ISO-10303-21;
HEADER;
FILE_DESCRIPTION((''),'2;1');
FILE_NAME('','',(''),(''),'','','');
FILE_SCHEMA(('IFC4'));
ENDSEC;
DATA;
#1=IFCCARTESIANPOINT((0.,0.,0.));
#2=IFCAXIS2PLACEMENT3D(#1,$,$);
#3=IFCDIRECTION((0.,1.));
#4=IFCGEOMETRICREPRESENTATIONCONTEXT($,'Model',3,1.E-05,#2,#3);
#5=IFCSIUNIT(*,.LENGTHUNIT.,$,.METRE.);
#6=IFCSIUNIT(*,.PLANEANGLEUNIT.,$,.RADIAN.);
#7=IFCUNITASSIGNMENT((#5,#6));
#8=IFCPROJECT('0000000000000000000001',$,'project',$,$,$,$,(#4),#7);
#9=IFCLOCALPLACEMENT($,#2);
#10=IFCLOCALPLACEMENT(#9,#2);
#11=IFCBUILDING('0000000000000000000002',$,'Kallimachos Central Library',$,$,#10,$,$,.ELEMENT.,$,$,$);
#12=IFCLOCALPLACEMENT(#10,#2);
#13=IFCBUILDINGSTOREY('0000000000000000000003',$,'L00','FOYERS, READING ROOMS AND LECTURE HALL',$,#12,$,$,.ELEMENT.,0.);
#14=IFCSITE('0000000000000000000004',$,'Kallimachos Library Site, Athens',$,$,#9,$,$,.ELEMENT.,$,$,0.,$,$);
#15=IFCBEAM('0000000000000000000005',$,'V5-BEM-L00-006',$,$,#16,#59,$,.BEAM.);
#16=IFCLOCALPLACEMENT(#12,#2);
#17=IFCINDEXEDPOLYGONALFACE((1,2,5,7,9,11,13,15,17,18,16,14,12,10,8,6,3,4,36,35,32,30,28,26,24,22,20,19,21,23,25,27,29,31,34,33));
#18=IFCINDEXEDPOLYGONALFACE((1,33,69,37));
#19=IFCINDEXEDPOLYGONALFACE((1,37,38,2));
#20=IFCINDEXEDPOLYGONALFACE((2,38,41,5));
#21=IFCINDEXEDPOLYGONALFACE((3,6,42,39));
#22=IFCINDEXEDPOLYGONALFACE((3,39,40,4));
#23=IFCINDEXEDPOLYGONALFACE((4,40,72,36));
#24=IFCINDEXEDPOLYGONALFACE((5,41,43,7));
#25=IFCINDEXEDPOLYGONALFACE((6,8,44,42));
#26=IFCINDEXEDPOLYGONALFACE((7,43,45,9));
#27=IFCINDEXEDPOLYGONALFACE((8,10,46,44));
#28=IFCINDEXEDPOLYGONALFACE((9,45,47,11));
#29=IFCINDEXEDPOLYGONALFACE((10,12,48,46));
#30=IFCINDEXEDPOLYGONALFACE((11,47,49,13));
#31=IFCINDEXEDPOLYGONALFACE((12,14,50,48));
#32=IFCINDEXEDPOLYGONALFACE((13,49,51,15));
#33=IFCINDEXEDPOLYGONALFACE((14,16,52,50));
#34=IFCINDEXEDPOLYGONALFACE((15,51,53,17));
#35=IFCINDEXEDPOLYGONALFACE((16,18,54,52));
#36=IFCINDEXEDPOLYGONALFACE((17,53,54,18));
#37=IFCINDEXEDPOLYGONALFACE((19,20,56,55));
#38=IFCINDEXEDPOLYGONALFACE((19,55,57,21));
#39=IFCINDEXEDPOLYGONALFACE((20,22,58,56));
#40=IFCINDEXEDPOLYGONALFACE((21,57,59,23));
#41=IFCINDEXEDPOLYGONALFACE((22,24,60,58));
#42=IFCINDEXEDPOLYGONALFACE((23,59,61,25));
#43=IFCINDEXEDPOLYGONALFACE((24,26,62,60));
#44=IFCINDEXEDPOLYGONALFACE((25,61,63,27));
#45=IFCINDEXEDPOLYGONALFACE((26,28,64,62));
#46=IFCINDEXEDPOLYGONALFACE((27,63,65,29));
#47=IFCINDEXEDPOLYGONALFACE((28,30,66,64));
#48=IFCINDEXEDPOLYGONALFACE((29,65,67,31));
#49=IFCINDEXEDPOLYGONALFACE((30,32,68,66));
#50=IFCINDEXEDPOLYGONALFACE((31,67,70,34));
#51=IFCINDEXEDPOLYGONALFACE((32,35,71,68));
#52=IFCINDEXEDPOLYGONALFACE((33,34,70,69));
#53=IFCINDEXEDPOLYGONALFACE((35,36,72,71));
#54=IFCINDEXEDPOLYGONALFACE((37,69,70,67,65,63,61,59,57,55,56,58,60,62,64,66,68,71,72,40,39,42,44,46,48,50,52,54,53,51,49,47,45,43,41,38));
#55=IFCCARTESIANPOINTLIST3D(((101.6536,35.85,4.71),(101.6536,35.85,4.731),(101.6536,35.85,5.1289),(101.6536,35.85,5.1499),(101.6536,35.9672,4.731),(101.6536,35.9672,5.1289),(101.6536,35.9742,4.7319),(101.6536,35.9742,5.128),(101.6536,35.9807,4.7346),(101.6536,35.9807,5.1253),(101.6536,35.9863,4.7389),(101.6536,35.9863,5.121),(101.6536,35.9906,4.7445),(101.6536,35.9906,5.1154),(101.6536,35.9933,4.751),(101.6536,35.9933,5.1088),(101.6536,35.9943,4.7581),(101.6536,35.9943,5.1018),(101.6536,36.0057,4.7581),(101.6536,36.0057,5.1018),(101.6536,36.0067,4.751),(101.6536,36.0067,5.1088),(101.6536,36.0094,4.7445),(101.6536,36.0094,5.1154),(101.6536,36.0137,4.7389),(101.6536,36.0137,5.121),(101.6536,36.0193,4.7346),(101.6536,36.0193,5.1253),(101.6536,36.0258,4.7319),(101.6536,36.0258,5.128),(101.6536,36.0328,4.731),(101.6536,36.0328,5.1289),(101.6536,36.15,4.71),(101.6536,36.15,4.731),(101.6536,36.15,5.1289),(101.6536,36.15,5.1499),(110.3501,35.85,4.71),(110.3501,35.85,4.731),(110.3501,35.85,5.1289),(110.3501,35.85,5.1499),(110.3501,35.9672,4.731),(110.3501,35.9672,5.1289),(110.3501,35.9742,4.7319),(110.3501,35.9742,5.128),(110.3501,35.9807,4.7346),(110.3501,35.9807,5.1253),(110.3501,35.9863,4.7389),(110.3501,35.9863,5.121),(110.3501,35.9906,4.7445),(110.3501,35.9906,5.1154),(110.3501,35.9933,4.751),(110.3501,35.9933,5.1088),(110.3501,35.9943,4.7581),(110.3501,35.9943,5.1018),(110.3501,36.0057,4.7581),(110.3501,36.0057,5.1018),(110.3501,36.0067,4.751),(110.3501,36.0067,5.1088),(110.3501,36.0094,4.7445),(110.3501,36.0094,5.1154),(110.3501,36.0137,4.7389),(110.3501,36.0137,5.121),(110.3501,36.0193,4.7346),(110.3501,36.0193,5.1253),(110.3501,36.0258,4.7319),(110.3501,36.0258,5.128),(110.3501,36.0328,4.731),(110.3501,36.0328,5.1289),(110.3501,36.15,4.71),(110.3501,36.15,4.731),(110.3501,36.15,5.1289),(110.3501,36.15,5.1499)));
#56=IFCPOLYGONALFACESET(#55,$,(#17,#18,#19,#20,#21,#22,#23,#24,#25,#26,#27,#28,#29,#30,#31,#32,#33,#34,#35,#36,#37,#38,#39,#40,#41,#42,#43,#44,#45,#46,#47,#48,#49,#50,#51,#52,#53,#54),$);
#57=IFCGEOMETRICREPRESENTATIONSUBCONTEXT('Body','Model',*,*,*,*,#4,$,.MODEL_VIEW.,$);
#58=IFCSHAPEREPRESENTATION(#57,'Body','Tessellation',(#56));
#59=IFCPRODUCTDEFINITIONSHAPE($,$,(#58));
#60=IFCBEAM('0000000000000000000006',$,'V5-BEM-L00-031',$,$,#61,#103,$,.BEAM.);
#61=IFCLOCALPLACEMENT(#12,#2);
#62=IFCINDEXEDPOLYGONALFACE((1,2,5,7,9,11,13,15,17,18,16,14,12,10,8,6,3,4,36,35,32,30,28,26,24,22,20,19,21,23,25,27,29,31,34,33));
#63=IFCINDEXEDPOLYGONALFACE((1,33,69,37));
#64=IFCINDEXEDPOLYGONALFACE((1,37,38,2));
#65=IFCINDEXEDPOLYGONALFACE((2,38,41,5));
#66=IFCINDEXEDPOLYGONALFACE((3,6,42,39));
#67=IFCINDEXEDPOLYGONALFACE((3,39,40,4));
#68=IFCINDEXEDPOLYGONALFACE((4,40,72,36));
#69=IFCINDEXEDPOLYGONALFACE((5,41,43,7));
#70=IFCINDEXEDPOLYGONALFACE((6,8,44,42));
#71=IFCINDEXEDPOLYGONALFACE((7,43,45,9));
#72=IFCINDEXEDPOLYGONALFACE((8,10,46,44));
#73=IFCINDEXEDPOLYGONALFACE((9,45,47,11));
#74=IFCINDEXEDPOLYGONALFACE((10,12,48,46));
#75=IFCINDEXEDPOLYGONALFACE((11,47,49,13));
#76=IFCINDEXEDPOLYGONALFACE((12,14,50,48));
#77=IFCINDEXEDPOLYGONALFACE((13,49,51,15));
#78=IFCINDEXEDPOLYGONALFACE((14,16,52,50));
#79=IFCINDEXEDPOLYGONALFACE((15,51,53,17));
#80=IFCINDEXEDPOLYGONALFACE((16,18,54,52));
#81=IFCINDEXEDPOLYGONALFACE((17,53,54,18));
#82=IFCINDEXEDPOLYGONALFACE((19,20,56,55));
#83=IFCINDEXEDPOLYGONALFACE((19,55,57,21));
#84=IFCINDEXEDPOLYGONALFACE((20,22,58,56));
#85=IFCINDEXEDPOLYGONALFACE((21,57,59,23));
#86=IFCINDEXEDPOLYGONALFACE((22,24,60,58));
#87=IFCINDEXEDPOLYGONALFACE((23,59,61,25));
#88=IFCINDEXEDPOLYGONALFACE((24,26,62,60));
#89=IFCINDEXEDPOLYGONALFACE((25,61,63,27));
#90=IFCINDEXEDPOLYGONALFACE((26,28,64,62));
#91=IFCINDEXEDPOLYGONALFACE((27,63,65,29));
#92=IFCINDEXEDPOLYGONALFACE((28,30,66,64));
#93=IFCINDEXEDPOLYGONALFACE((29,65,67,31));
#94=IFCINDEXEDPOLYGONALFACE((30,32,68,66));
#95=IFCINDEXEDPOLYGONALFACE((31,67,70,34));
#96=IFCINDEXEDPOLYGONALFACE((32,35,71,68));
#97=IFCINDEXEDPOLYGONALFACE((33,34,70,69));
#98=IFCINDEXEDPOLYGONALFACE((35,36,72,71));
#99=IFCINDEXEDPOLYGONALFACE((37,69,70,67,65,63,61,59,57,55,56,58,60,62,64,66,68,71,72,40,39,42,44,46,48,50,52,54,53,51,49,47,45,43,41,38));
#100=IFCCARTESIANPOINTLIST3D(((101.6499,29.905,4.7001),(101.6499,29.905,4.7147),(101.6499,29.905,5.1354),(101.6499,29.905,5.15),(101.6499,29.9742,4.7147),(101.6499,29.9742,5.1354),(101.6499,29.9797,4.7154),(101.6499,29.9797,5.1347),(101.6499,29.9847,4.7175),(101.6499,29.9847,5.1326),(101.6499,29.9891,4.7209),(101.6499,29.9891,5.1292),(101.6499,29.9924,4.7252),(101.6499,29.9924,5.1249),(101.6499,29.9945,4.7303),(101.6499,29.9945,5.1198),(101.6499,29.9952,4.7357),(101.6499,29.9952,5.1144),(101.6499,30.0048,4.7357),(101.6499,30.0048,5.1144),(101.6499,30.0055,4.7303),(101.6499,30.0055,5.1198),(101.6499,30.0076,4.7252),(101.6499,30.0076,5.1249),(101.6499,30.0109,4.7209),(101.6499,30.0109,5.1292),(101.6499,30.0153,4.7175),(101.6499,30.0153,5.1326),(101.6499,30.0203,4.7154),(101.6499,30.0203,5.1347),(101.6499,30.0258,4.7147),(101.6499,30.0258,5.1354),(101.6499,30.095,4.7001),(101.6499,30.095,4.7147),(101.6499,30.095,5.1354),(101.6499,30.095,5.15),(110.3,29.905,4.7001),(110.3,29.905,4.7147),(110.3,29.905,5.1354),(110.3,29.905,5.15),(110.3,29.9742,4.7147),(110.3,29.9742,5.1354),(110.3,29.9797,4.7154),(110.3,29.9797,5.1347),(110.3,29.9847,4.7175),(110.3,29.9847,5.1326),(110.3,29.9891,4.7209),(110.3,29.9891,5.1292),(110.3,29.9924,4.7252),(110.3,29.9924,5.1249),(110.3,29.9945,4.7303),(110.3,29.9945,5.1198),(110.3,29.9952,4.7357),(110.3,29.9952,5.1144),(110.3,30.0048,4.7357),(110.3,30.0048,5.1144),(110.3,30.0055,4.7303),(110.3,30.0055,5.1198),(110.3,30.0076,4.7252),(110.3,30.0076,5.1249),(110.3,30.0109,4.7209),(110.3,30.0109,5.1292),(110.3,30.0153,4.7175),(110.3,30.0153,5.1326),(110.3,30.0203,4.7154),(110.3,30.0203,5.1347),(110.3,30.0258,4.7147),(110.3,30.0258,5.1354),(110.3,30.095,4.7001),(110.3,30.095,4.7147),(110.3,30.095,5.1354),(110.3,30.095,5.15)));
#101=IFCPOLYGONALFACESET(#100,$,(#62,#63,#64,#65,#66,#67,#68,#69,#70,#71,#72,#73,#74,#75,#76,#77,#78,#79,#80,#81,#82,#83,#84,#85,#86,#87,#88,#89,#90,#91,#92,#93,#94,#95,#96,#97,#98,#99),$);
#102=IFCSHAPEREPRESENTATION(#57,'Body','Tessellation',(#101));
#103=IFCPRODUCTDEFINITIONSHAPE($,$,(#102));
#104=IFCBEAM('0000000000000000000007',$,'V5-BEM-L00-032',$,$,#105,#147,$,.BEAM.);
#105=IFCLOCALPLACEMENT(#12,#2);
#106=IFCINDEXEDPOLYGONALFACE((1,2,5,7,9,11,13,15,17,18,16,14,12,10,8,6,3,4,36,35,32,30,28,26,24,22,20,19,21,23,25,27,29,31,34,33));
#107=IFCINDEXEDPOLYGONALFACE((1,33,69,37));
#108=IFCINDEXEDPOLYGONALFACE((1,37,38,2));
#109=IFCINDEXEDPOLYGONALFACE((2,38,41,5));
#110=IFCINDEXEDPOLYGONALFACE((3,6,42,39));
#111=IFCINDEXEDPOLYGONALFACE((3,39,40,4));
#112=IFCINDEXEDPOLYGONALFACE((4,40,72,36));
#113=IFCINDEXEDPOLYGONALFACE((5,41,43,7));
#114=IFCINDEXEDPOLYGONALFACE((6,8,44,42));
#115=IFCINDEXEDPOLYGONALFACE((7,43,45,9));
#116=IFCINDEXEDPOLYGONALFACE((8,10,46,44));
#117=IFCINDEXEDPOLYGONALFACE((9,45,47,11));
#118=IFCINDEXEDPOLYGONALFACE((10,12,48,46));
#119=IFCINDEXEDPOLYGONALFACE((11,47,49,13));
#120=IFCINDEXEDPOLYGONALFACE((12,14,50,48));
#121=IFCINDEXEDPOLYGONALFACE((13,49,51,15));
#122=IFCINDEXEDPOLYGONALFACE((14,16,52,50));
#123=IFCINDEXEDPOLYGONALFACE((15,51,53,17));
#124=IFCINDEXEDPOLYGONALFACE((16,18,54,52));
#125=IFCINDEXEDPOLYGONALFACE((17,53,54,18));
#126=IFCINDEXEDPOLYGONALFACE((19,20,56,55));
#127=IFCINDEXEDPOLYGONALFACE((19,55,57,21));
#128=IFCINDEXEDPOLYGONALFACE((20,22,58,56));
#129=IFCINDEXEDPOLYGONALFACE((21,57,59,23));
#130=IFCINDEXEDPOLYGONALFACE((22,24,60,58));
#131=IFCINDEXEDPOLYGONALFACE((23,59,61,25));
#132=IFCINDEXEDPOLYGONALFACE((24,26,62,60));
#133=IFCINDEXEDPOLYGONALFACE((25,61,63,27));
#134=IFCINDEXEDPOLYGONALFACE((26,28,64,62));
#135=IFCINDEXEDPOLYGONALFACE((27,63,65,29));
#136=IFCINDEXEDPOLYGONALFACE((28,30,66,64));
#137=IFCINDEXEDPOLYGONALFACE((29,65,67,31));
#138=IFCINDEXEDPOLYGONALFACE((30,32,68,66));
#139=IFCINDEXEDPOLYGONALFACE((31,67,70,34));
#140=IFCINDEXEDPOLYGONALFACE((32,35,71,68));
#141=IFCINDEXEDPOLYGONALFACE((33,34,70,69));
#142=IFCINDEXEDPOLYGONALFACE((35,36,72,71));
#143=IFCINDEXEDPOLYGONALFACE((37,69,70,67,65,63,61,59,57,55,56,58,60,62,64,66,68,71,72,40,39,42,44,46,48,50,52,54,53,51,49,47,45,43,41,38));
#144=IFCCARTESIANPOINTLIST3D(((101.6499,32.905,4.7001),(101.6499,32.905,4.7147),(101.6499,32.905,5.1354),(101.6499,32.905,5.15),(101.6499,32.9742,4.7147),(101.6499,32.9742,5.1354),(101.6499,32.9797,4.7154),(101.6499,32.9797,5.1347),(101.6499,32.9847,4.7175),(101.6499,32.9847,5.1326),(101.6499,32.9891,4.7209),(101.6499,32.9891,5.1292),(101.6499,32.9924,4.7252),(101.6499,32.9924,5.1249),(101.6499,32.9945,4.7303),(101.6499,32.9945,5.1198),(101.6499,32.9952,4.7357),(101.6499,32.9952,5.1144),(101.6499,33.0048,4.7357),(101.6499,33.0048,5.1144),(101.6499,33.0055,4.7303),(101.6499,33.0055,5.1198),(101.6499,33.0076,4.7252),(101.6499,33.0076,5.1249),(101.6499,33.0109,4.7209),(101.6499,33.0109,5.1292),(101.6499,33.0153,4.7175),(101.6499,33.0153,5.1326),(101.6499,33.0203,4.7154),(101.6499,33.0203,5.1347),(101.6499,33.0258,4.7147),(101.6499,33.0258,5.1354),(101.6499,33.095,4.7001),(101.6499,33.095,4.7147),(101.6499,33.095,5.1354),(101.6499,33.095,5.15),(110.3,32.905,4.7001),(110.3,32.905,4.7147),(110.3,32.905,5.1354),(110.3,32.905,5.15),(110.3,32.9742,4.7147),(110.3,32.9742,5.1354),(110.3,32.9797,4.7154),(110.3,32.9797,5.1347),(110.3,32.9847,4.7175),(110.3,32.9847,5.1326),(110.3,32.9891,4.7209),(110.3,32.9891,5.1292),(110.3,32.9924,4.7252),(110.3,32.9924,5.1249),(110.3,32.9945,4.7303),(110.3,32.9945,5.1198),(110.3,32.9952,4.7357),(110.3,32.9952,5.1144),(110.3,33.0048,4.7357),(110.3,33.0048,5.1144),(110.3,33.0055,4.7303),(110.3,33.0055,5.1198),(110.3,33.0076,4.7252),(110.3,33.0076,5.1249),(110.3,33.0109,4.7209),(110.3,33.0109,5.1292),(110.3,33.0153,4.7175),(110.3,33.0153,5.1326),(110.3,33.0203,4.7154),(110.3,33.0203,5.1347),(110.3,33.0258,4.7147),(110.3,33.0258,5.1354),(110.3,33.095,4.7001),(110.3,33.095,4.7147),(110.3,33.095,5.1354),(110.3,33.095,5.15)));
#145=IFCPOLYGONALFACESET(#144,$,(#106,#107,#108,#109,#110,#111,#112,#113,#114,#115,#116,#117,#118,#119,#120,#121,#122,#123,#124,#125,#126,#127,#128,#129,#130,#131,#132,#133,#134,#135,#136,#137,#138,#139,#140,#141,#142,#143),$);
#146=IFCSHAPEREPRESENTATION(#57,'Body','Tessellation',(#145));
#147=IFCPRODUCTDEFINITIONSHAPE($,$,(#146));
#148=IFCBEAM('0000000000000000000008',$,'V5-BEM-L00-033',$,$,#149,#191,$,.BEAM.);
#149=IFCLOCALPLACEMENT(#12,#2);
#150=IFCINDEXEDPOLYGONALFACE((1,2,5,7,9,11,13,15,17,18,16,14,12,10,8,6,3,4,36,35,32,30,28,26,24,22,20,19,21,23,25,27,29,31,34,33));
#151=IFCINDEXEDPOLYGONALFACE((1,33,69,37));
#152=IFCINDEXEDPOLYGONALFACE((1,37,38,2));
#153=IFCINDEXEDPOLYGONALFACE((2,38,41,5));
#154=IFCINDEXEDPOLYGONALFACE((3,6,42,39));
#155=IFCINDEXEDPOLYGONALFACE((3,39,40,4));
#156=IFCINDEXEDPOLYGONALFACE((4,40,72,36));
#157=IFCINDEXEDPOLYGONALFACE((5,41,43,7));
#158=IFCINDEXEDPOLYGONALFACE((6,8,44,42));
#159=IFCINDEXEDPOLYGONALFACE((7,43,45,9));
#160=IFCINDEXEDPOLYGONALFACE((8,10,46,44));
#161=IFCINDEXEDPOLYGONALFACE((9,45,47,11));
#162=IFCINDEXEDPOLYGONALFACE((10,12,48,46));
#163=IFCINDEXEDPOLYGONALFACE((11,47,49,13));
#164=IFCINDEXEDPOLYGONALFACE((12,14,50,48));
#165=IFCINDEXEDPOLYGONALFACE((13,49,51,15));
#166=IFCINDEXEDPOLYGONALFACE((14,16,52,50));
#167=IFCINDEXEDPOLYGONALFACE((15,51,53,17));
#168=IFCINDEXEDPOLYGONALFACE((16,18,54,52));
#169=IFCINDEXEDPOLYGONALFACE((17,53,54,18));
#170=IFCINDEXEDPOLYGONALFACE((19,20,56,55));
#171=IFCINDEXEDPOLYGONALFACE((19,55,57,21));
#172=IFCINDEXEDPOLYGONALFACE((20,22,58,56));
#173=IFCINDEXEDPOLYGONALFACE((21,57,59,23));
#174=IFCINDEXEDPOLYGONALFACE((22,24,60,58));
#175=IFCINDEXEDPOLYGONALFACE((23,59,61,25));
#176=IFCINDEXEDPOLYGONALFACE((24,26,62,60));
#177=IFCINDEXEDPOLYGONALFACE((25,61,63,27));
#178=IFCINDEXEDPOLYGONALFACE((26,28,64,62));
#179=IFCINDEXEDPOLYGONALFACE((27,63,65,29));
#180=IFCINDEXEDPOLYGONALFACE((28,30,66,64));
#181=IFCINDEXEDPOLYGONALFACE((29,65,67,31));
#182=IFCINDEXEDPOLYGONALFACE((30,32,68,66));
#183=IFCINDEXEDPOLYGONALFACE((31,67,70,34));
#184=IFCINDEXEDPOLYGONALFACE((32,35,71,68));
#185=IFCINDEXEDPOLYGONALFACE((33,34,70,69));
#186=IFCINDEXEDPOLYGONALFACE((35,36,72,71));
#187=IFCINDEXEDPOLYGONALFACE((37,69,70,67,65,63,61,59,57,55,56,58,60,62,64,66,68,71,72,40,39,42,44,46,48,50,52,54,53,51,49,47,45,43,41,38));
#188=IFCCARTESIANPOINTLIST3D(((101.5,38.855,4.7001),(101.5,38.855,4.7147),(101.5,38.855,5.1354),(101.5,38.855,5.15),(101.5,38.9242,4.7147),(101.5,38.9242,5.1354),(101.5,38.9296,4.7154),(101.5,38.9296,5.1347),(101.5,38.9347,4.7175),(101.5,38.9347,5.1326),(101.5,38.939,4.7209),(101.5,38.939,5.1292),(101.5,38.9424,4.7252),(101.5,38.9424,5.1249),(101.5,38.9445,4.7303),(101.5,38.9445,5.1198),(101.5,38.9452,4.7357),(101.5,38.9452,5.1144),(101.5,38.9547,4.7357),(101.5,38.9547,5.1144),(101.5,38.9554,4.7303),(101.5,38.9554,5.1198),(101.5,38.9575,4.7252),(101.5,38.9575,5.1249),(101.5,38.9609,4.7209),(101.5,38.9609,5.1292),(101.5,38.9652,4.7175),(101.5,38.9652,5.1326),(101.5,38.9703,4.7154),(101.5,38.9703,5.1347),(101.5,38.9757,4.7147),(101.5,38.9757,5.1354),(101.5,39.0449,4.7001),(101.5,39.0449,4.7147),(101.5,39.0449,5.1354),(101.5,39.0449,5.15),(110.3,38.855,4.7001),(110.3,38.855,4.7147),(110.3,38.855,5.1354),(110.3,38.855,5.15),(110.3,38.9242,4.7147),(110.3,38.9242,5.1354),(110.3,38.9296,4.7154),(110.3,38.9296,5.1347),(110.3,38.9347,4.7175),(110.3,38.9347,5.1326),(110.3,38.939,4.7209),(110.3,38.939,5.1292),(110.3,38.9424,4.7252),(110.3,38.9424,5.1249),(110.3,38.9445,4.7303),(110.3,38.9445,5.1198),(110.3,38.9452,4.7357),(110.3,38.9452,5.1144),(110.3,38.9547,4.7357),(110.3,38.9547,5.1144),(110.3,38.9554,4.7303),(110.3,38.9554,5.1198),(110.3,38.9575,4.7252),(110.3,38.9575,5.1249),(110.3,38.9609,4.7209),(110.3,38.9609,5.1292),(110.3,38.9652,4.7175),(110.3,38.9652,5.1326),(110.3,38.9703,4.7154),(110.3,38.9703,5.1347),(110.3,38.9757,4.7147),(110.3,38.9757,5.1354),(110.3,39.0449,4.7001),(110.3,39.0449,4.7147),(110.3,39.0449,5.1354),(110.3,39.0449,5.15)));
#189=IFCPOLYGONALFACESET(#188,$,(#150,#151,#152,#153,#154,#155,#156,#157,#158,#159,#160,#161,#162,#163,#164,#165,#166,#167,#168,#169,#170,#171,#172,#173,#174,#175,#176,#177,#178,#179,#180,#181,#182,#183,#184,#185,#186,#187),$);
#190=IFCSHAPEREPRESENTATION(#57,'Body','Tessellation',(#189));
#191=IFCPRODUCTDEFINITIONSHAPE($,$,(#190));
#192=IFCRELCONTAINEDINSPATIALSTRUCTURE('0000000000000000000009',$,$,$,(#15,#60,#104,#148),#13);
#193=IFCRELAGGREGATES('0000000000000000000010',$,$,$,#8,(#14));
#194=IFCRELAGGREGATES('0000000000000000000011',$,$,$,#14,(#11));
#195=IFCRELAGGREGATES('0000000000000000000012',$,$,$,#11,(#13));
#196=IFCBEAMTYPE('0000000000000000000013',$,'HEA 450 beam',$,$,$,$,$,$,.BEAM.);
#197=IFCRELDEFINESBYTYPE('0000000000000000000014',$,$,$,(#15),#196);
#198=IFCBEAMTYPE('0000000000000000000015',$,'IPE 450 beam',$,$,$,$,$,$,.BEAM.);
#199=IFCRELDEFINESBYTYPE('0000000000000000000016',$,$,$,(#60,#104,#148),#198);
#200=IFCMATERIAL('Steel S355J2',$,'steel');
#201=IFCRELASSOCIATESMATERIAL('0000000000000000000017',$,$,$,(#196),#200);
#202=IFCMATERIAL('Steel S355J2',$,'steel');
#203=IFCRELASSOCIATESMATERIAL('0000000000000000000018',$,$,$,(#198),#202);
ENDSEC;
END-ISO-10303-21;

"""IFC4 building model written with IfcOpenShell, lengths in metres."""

from ifc_helpers import new_model, si_unit, direction, frame, origin, origin_2d, place, context, subcontext, project, spatial, i_section, extrude, material, material_profile, profile_set, type_object, element, save


model = new_model("IFC4")

# Units and contexts
model_context = context("Model", 3, precision=1e-05, world=origin(), true_north=direction((0.0, 1.0)))
body_context = subcontext(model_context, "Body", "Model", "MODEL_VIEW")
ifc_project = project(units=[si_unit("LENGTHUNIT", "METRE"), si_unit("PLANEANGLEUNIT", "RADIAN")], contexts=[model_context])

# Site, building, storey
site_placement = place(None, origin())
site = spatial("IfcSite", under=ifc_project, at=site_placement, Name="Kallimachos Library Site, Athens", CompositionType="ELEMENT", RefElevation=0.0)
building_placement = place(site_placement, origin())
building = spatial("IfcBuilding", under=site, at=building_placement, Name="Kallimachos Central Library", CompositionType="ELEMENT")
storey_placement = place(building_placement, origin())
storey = spatial("IfcBuildingStorey", under=building, at=storey_placement, Name="L00", Description="FOYERS, READING ROOMS AND LECTURE HALL", CompositionType="ELEMENT", Elevation=0.0)

# Beams
ifc_material_1 = material(Name="Steel S355J2", Category="steel")
ifc_material_profile_1 = material_profile(ifc_material_1, i_section(OverallWidth=0.3, OverallDepth=0.4399, WebThickness=0.0115, FlangeThickness=0.021, FilletRadius=0.0271, at=origin_2d()), Name="HEA 450")
ifc_profile_set_1 = profile_set([ifc_material_profile_1], Name="Steel S355J2")
beam_type_1 = type_object("IfcBeamType", Name="HEA 450 beam", PredefinedType="BEAM", material=ifc_profile_set_1)
beam_1_placement = place(storey_placement, frame((101.6536, 36.0, 4.9299), z_axis=(1.0, 0.0, 0.0), x_axis=(0.0, 1.0, 0.0)))
element("IfcBeam", 1, at=beam_1_placement, inside=storey, type_object=beam_type_1, Name="V5-BEM-L00-006", PredefinedType="BEAM", context=body_context, shape_type="SweptSolid", body=[
    extrude(i_section(OverallWidth=0.3, OverallDepth=0.4399, WebThickness=0.0115, FlangeThickness=0.021, FilletRadius=0.0271, at=origin_2d()), origin(), (0.0, 0.0, 1.0), 8.6965),
])
ifc_material_2 = material(Name="Steel S355J2", Category="steel")
ifc_material_profile_2 = material_profile(ifc_material_2, i_section(OverallWidth=0.1899, OverallDepth=0.45, WebThickness=0.0095, FlangeThickness=0.0146, FilletRadius=0.021, at=origin_2d()), Name="IPE 450")
ifc_profile_set_2 = profile_set([ifc_material_profile_2], Name="Steel S355J2")
beam_type_2 = type_object("IfcBeamType", Name="IPE 450 beam", PredefinedType="BEAM", material=ifc_profile_set_2)
for number, where, z_axis, x_axis, name in (
    (2, (101.6499, 30.0, 4.925), (1.0, 0.0, 0.0), (0.0, 1.0, 0.0), "V5-BEM-L00-031"),
    (3, (101.6499, 33.0, 4.925), (1.0, 0.0, 0.0), (0.0, 1.0, 0.0), "V5-BEM-L00-032"),
):
    element("IfcBeam", number, at=place(storey_placement, frame(where, z_axis=z_axis, x_axis=x_axis)), inside=storey, type_object=beam_type_2, Name=name, PredefinedType="BEAM", context=body_context, shape_type="SweptSolid", body=[
        extrude(i_section(OverallWidth=0.1899, OverallDepth=0.45, WebThickness=0.0095, FlangeThickness=0.0146, FilletRadius=0.021, at=origin_2d()), origin(), (0.0, 0.0, 1.0), 8.6501),
    ])
beam_2_placement = place(storey_placement, frame((101.5, 38.95, 4.925), z_axis=(1.0, 0.0, 0.0), x_axis=(0.0, 1.0, 0.0)))
element("IfcBeam", 4, at=beam_2_placement, inside=storey, type_object=beam_type_2, Name="V5-BEM-L00-033", PredefinedType="BEAM", context=body_context, shape_type="SweptSolid", body=[
    extrude(i_section(OverallWidth=0.1899, OverallDepth=0.45, WebThickness=0.0095, FlangeThickness=0.0146, FilletRadius=0.021, at=origin_2d()), origin(), (0.0, 0.0, 1.0), 8.8),
])

save(model, "model.ifc")
